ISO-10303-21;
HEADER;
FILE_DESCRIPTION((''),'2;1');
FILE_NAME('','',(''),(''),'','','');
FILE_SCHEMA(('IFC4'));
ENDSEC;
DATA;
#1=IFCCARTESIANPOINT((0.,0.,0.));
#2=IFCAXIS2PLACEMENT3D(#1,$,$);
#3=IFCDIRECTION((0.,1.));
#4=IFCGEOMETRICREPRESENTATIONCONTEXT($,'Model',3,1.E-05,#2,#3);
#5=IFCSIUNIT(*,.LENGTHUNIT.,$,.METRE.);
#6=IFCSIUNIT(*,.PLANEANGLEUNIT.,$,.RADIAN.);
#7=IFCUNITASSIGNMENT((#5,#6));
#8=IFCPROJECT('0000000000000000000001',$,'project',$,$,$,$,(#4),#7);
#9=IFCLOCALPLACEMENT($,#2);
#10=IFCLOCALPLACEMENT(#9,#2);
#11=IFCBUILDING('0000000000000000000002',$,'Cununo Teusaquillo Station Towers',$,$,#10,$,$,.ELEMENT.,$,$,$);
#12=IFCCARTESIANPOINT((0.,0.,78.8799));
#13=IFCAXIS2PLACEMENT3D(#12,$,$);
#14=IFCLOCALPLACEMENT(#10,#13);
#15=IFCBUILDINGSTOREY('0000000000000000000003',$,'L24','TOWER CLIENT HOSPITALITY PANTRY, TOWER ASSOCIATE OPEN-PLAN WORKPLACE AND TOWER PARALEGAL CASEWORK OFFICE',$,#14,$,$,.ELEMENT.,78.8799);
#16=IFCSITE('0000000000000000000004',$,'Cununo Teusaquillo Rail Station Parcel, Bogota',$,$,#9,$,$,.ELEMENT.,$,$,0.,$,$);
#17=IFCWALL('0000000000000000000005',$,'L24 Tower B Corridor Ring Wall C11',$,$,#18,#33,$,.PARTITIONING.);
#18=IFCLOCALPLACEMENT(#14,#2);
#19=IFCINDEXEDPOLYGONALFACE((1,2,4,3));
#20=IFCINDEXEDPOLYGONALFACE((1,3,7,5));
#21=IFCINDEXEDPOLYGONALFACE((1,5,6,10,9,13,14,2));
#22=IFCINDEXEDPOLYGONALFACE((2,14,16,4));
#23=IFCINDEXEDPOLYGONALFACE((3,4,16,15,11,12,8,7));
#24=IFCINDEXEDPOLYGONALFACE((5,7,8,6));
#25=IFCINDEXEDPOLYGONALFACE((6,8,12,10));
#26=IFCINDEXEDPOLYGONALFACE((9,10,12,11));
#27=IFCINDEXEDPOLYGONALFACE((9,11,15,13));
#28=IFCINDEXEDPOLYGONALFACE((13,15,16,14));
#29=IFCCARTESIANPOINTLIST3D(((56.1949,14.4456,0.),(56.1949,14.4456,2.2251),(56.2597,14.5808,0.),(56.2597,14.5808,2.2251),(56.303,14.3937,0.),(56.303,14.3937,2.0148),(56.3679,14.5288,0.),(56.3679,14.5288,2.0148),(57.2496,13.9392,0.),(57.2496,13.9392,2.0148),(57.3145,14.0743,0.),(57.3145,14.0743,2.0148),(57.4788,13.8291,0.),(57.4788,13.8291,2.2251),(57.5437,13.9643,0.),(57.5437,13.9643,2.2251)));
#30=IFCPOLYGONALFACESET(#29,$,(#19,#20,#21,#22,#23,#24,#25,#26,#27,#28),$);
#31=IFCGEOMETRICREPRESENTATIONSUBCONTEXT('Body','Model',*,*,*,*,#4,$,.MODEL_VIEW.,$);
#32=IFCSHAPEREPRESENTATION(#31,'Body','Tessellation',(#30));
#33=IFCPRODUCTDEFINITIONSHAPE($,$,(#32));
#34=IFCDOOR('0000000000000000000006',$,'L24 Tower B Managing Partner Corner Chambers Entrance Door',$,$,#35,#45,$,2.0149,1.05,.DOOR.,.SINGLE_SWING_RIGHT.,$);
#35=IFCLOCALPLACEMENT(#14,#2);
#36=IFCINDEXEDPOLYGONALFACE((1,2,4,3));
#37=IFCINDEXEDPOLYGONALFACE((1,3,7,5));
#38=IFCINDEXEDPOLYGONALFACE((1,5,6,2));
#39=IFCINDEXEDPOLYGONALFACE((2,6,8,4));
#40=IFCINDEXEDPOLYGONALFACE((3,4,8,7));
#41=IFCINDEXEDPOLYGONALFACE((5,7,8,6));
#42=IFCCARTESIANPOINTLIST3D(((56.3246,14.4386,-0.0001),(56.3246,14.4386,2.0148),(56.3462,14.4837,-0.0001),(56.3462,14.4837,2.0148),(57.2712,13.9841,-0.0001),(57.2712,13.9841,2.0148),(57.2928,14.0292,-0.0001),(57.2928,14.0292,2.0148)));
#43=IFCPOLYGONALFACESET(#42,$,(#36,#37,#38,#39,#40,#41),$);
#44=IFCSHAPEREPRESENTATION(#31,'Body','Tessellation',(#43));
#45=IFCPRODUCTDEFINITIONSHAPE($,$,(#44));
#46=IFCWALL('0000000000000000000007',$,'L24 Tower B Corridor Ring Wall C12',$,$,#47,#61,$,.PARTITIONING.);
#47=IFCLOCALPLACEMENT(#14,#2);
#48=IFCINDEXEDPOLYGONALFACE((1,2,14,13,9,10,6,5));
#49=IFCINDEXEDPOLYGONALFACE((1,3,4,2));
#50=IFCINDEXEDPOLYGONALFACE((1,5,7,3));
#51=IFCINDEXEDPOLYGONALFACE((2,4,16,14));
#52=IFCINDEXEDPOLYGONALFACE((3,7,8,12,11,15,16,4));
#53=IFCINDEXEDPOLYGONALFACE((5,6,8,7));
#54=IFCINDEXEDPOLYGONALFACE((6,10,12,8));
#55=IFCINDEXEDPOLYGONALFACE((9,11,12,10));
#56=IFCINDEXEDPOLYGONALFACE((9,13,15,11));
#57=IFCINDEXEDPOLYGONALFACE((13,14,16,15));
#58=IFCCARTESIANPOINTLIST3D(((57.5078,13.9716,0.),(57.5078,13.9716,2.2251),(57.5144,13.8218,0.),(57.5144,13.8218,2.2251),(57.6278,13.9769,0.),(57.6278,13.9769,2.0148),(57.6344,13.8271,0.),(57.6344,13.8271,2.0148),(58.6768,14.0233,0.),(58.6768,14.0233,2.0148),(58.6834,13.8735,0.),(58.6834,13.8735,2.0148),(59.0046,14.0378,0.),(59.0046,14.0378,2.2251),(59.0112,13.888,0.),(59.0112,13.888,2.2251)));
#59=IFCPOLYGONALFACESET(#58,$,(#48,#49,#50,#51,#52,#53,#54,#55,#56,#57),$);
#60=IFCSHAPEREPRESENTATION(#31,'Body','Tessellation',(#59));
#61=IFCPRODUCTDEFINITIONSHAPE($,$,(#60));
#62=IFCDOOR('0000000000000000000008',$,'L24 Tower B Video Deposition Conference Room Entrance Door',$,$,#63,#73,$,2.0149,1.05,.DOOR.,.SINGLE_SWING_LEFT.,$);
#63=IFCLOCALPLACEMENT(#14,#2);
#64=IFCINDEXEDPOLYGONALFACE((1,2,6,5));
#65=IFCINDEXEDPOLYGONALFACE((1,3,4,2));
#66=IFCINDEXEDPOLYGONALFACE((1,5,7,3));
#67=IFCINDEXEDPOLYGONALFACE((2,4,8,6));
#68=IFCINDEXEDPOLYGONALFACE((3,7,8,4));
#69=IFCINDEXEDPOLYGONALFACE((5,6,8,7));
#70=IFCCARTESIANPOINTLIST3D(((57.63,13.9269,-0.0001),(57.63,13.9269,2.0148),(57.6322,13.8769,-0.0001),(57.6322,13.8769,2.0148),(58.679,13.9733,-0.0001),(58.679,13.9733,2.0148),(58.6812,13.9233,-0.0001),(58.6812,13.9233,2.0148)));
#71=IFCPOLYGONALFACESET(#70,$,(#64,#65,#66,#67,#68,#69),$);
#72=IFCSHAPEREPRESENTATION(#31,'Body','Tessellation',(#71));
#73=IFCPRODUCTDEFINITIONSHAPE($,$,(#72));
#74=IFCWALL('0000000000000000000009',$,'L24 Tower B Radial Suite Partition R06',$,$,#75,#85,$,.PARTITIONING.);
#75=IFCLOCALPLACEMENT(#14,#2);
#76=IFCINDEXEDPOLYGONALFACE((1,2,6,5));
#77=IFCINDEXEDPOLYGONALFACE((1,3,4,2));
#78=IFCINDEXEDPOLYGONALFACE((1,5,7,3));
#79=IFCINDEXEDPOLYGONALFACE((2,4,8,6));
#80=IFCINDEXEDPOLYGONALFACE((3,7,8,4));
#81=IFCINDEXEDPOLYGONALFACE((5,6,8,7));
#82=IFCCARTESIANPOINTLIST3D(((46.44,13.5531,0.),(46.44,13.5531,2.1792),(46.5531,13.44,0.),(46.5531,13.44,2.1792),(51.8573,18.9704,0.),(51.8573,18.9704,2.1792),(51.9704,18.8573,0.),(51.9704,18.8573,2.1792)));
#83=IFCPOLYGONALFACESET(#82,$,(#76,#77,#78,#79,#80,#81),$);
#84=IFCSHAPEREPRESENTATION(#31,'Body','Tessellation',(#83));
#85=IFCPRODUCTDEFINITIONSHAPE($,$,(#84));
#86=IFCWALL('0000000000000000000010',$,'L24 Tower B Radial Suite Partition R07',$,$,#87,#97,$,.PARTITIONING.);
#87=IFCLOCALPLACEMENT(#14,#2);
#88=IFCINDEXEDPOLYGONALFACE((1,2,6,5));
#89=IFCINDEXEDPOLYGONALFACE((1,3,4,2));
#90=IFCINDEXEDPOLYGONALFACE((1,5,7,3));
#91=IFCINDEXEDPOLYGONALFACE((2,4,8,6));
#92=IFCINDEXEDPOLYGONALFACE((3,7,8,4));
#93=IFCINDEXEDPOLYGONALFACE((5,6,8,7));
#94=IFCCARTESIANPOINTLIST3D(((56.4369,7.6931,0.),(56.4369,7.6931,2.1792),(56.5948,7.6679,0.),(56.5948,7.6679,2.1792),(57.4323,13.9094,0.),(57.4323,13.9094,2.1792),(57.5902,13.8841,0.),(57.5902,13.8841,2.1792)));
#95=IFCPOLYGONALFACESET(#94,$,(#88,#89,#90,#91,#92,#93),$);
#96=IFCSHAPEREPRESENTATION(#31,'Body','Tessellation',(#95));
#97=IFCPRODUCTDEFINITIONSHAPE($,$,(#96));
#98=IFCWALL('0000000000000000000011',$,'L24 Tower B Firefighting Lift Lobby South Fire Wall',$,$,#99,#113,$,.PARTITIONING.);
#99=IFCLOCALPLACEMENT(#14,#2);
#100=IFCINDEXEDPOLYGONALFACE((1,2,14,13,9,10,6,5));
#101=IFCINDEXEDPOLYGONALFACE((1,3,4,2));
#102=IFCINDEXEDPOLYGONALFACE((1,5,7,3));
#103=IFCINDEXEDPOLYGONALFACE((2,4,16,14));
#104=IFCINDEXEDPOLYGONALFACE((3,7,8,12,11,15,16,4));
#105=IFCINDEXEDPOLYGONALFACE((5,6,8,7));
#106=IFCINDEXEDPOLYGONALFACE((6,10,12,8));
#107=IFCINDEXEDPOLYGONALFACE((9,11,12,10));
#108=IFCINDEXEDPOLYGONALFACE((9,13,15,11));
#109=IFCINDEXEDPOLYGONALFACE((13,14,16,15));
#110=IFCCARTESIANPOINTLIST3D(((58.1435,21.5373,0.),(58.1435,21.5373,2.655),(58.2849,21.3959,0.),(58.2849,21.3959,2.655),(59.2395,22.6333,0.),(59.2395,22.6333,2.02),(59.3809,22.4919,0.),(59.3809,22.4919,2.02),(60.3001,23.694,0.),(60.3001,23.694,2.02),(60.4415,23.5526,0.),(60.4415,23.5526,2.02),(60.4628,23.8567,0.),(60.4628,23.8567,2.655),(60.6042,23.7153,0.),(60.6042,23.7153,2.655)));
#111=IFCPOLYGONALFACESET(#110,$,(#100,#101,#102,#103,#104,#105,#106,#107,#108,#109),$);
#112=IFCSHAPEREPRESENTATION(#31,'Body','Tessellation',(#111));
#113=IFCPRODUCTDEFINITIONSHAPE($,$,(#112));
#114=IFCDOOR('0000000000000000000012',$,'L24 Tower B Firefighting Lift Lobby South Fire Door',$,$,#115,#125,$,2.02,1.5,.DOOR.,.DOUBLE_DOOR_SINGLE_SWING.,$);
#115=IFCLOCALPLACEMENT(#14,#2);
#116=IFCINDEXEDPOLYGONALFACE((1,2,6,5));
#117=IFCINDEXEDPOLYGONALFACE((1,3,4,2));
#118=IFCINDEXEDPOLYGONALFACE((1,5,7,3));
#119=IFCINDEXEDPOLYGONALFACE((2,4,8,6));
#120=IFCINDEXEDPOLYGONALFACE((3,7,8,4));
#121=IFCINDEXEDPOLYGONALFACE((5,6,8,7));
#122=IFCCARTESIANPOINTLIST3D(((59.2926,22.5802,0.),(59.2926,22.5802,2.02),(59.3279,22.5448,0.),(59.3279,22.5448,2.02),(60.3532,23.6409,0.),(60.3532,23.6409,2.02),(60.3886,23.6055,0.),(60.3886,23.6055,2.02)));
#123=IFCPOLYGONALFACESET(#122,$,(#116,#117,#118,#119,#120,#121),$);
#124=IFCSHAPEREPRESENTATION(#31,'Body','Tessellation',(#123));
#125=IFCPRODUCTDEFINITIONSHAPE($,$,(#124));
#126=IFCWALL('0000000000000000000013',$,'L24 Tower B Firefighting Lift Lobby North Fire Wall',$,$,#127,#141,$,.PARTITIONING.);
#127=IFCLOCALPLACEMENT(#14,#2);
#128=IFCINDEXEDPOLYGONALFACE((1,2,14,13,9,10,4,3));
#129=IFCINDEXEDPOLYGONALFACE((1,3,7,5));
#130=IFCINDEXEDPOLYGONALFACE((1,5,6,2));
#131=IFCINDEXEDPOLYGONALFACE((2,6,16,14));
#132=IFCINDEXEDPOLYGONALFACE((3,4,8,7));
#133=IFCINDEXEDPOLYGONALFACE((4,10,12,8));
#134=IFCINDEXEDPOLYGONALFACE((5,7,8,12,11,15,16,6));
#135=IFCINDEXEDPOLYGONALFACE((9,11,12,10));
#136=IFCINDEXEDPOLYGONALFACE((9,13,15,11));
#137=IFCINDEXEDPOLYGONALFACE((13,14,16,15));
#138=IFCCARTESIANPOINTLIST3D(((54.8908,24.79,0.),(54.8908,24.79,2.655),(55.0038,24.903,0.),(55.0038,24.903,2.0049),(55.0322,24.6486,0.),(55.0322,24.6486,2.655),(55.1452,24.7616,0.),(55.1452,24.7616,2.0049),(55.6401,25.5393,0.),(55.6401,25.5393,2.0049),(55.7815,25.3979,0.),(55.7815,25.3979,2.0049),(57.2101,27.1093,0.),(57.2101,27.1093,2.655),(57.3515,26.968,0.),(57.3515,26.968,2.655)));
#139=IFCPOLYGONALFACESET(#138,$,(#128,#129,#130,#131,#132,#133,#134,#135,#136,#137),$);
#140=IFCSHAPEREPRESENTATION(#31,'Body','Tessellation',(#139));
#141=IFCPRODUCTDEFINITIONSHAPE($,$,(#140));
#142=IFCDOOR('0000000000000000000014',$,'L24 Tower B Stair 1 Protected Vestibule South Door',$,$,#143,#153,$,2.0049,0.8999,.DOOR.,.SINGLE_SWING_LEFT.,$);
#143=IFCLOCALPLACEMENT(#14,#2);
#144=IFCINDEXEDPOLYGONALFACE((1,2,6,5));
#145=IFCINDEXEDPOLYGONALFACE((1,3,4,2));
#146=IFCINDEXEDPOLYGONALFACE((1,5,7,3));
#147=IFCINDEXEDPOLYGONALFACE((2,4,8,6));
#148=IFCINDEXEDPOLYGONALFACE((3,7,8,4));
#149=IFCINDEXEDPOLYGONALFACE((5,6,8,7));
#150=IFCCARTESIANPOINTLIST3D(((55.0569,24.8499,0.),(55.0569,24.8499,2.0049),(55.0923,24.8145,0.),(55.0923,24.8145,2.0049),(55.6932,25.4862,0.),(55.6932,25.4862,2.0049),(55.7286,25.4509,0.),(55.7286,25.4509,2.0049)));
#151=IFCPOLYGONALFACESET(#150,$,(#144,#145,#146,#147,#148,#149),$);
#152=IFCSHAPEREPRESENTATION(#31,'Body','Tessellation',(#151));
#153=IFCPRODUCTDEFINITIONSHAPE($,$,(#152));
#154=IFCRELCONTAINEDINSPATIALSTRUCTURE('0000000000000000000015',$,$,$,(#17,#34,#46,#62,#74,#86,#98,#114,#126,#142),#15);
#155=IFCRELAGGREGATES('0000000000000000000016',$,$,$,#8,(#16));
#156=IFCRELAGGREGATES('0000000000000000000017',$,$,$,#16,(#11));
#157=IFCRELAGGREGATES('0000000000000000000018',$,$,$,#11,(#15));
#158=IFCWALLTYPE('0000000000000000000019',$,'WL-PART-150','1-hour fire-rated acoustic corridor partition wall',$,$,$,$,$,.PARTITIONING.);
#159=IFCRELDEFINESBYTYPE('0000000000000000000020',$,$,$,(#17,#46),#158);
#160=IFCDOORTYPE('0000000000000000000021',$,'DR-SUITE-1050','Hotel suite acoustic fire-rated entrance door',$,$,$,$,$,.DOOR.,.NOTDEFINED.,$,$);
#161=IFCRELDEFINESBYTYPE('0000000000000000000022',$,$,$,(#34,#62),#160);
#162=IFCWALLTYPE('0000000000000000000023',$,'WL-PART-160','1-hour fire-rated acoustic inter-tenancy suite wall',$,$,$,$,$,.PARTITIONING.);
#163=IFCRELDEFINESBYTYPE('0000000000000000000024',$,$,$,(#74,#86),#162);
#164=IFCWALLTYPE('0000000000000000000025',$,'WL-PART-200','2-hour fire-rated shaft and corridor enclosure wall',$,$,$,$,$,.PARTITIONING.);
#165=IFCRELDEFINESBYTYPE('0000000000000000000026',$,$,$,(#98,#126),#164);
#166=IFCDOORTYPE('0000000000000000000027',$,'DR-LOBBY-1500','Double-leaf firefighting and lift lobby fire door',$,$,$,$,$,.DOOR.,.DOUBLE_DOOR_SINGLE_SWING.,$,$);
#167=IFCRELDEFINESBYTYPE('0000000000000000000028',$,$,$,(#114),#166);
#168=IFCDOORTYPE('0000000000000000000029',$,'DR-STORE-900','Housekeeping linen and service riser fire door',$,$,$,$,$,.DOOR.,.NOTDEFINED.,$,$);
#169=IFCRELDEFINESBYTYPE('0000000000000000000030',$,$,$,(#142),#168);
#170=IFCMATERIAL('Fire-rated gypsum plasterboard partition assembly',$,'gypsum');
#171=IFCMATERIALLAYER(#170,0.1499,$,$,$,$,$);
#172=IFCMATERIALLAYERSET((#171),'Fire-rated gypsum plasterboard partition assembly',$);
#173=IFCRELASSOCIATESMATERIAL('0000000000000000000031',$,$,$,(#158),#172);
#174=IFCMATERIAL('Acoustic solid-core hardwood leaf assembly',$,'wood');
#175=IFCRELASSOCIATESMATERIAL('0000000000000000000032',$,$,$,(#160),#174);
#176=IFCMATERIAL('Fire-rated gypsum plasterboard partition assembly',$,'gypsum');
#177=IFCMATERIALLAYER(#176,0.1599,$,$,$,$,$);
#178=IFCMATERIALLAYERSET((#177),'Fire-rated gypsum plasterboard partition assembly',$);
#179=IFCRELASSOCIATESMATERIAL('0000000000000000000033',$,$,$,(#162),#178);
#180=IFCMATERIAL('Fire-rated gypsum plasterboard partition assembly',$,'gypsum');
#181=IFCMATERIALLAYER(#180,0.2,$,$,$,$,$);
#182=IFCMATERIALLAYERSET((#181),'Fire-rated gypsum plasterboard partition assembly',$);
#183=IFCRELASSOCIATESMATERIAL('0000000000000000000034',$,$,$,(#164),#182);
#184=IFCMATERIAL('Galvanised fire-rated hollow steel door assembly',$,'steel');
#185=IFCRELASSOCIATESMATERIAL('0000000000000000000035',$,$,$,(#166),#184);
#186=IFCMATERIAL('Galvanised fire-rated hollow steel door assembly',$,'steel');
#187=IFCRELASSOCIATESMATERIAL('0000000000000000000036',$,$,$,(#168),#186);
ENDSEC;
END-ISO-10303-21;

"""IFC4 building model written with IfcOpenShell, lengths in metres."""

from ifc_helpers import new_model, si_unit, direction, frame, frame_2d, origin, place, context, subcontext, project, spatial, rectangle, extrude, source, transform, mapped, material, layer, layer_set, type_object, element, fill, save


model = new_model("IFC4")

# Units and contexts
model_context = context("Model", 3, precision=1e-05, world=origin(), true_north=direction((0.0, 1.0)))
body_context = subcontext(model_context, "Body", "Model", "MODEL_VIEW")
ifc_project = project(units=[si_unit("LENGTHUNIT", "METRE"), si_unit("PLANEANGLEUNIT", "RADIAN")], contexts=[model_context])

# Site, building, storey
site_placement = place(None, origin())
site = spatial("IfcSite", under=ifc_project, at=site_placement, Name="Cununo Teusaquillo Rail Station Parcel, Bogota", CompositionType="ELEMENT", RefElevation=0.0)
building_placement = place(site_placement, origin())
building = spatial("IfcBuilding", under=site, at=building_placement, Name="Cununo Teusaquillo Station Towers", CompositionType="ELEMENT")
storey_placement = place(building_placement, frame((0.0, 0.0, 78.8799)))
storey = spatial("IfcBuildingStorey", under=building, at=storey_placement, Name="L24", Description="TOWER CLIENT HOSPITALITY PANTRY, TOWER ASSOCIATE OPEN-PLAN WORKPLACE AND TOWER PARALEGAL CASEWORK OFFICE", CompositionType="ELEMENT", Elevation=78.8799)

# Shared definitions
ifc_material_1 = material(Name="Fire-rated gypsum plasterboard partition assembly", Category="gypsum")
ifc_layer_1 = layer(ifc_material_1, 0.1499)
ifc_layer_set_1 = layer_set([ifc_layer_1], Name="Fire-rated gypsum plasterboard partition assembly")
wall_type_1 = type_object("IfcWallType", Name="WL-PART-150", Description="1-hour fire-rated acoustic corridor partition wall", PredefinedType="PARTITIONING", material=ifc_layer_set_1)

# Walls, openings, doors
wall_1_placement = place(storey_placement, frame((56.2273, 14.5132, 0.0), z_axis=(0.0, 0.0, 1.0), x_axis=(0.901478, -0.432826, 0.0)))
wall_1 = element("IfcWall", 1, at=wall_1_placement, inside=storey, type_object=wall_type_1, Name="L24 Tower B Corridor Ring Wall C11", PredefinedType="PARTITIONING", context=body_context, shape_type="SweptSolid", body=[
    extrude(rectangle(XDim=1.4243, YDim=0.1499, at=frame_2d((0.7122, 0.0))), origin(), (0.0, 0.0, 1.0), 2.2251),
])
shared_shape_1 = source(origin(), body_context, "Body", "SweptSolid", [
    extrude(rectangle(XDim=1.05, YDim=2.0149, at=frame_2d((0.5249, 1.0073))), frame((0.0, 0.085, 0.0), z_axis=(0.0, -1.0, 0.0), x_axis=(1.0, 0.0, 0.0)), (0.0, 0.0, 1.0), 0.1699),
])
opening_1_placement = place(wall_1_placement, frame((0.1201, 0.0, 0.0)))
opening_1 = element("IfcOpeningElement", 2, at=opening_1_placement, cuts=wall_1, PredefinedType="OPENING", context=body_context, shape_type="MappedRepresentation", body=[
    mapped(shared_shape_1, transform((0.0, 0.0, 0.0), x_axis=(1.0, 0.0, 0.0), y_axis=(0.0, 1.0, 0.0), z_axis=(0.0, 0.0, 1.0), scale=1.0)),
])
ifc_material_2 = material(Name="Acoustic solid-core hardwood leaf assembly", Category="wood")
door_type_1 = type_object("IfcDoorType", Name="DR-SUITE-1050", Description="Hotel suite acoustic fire-rated entrance door", OperationType="NOTDEFINED", PredefinedType="DOOR", material=ifc_material_2)
shared_shape_2 = source(origin(), body_context, "Body", "SweptSolid", [
    extrude(rectangle(XDim=1.05, YDim=2.0149, at=frame_2d((0.5249, 1.0073))), frame((0.0, 0.0249, 0.0), z_axis=(0.0, -1.0, 0.0), x_axis=(1.0, 0.0, 0.0)), (0.0, 0.0, 1.0), 0.05),
])
door_1_placement = place(opening_1_placement, origin())
door_1 = element("IfcDoor", 3, at=door_1_placement, inside=storey, type_object=door_type_1, Name="L24 Tower B Managing Partner Corner Chambers Entrance Door", OperationType="SINGLE_SWING_RIGHT", OverallHeight=2.0149, OverallWidth=1.05, PredefinedType="DOOR", context=body_context, shape_type="MappedRepresentation", body=[
    mapped(shared_shape_2, transform((0.0, 0.0, 0.0), x_axis=(1.0, 0.0, 0.0), y_axis=(0.0, 1.0, 0.0), z_axis=(0.0, 0.0, 1.0), scale=1.0)),
])
fill(opening_1, door_1)
wall_2_placement = place(storey_placement, frame((57.5112, 13.8967, 0.0), z_axis=(0.0, 0.0, 1.0), x_axis=(0.999025, 0.044158, 0.0)))
wall_2 = element("IfcWall", 4, at=wall_2_placement, inside=storey, type_object=wall_type_1, Name="L24 Tower B Corridor Ring Wall C12", PredefinedType="PARTITIONING", context=body_context, shape_type="SweptSolid", body=[
    extrude(rectangle(XDim=1.4983, YDim=0.1499, at=frame_2d((0.749, 0.0))), origin(), (0.0, 0.0, 1.0), 2.2251),
])
opening_2_placement = place(wall_2_placement, frame((0.1201, 0.0, 0.0)))
opening_2 = element("IfcOpeningElement", 5, at=opening_2_placement, cuts=wall_2, PredefinedType="OPENING", context=body_context, shape_type="MappedRepresentation", body=[
    mapped(shared_shape_1, transform((0.0, 0.0, 0.0), x_axis=(1.0, 0.0, 0.0), y_axis=(0.0, 1.0, 0.0), z_axis=(0.0, 0.0, 1.0), scale=1.0)),
])
door_2_placement = place(opening_2_placement, origin())
door_2 = element("IfcDoor", 6, at=door_2_placement, inside=storey, type_object=door_type_1, Name="L24 Tower B Video Deposition Conference Room Entrance Door", OperationType="SINGLE_SWING_LEFT", OverallHeight=2.0149, OverallWidth=1.05, PredefinedType="DOOR", context=body_context, shape_type="MappedRepresentation", body=[
    mapped(shared_shape_2, transform((0.0, 0.0, 0.0), x_axis=(1.0, 0.0, 0.0), y_axis=(0.0, 1.0, 0.0), z_axis=(0.0, 0.0, 1.0), scale=1.0)),
])
fill(opening_2, door_2)

# Walls
ifc_material_3 = material(Name="Fire-rated gypsum plasterboard partition assembly", Category="gypsum")
ifc_layer_2 = layer(ifc_material_3, 0.1599)
ifc_layer_set_2 = layer_set([ifc_layer_2], Name="Fire-rated gypsum plasterboard partition assembly")
wall_type_2 = type_object("IfcWallType", Name="WL-PART-160", Description="1-hour fire-rated acoustic inter-tenancy suite wall", PredefinedType="PARTITIONING", material=ifc_layer_set_2)
wall_3_placement = place(storey_placement, frame((51.9138, 18.9138, 0.0), z_axis=(0.0, 0.0, 1.0), x_axis=(-0.707107, -0.707107, 0.0)))
element("IfcWall", 7, at=wall_3_placement, inside=storey, type_object=wall_type_2, Name="L24 Tower B Radial Suite Partition R06", PredefinedType="PARTITIONING", context=body_context, shape_type="SweptSolid", body=[
    extrude(rectangle(XDim=7.6611, YDim=0.1599, at=frame_2d((3.8306, 0.0))), origin(), (0.0, 0.0, 1.0), 2.1792),
])
wall_4_placement = place(storey_placement, frame((57.5112, 13.8967, 0.0), z_axis=(0.0, 0.0, 1.0), x_axis=(-0.158107, -0.987422, 0.0)))
element("IfcWall", 8, at=wall_4_placement, inside=storey, type_object=wall_type_2, Name="L24 Tower B Radial Suite Partition R07", PredefinedType="PARTITIONING", context=body_context, shape_type="SweptSolid", body=[
    extrude(rectangle(XDim=6.2954, YDim=0.1599, at=frame_2d((3.1477, 0.0))), origin(), (0.0, 0.0, 1.0), 2.1792),
])

# Walls, openings, doors
ifc_material_4 = material(Name="Fire-rated gypsum plasterboard partition assembly", Category="gypsum")
ifc_layer_3 = layer(ifc_material_4, 0.2)
ifc_layer_set_3 = layer_set([ifc_layer_3], Name="Fire-rated gypsum plasterboard partition assembly")
wall_type_3 = type_object("IfcWallType", Name="WL-PART-200", Description="2-hour fire-rated shaft and corridor enclosure wall", PredefinedType="PARTITIONING", material=ifc_layer_set_3)
wall_5_placement = place(storey_placement, frame((58.2141, 21.4666, 0.0), z_axis=(0.0, 0.0, 1.0), x_axis=(0.707107, 0.707107, 0.0)))
wall_5 = element("IfcWall", 9, at=wall_5_placement, inside=storey, type_object=wall_type_3, Name="L24 Tower B Firefighting Lift Lobby South Fire Wall", PredefinedType="PARTITIONING", context=body_context, shape_type="SweptSolid", body=[
    extrude(rectangle(XDim=3.28, YDim=0.2, at=frame_2d((1.6401, 0.0))), origin(), (0.0, 0.0, 1.0), 2.655),
])
shared_shape_3 = source(origin(), body_context, "Body", "SweptSolid", [
    extrude(rectangle(XDim=1.5, YDim=2.02, at=frame_2d((0.75, 1.01))), frame((0.0, 0.1099, 0.0), z_axis=(0.0, -1.0, 0.0), x_axis=(1.0, 0.0, 0.0)), (0.0, 0.0, 1.0), 0.22),
])
opening_3_placement = place(wall_5_placement, frame((1.55, 0.0, 0.0)))
opening_3 = element("IfcOpeningElement", 10, at=opening_3_placement, cuts=wall_5, PredefinedType="OPENING", context=body_context, shape_type="MappedRepresentation", body=[
    mapped(shared_shape_3, transform((0.0, 0.0, 0.0), x_axis=(1.0, 0.0, 0.0), y_axis=(0.0, 1.0, 0.0), z_axis=(0.0, 0.0, 1.0), scale=1.0)),
])
ifc_material_5 = material(Name="Galvanised fire-rated hollow steel door assembly", Category="steel")
door_type_2 = type_object("IfcDoorType", Name="DR-LOBBY-1500", Description="Double-leaf firefighting and lift lobby fire door", OperationType="DOUBLE_DOOR_SINGLE_SWING", PredefinedType="DOOR", material=ifc_material_5)
shared_shape_4 = source(origin(), body_context, "Body", "SweptSolid", [
    extrude(rectangle(XDim=1.5, YDim=2.02, at=frame_2d((0.75, 1.01))), frame((0.0, 0.0249, 0.0), z_axis=(0.0, -1.0, 0.0), x_axis=(1.0, 0.0, 0.0)), (0.0, 0.0, 1.0), 0.05),
])
door_3_placement = place(opening_3_placement, origin())
door_3 = element("IfcDoor", 11, at=door_3_placement, inside=storey, type_object=door_type_2, Name="L24 Tower B Firefighting Lift Lobby South Fire Door", OperationType="DOUBLE_DOOR_SINGLE_SWING", OverallHeight=2.02, OverallWidth=1.5, PredefinedType="DOOR", context=body_context, shape_type="MappedRepresentation", body=[
    mapped(shared_shape_4, transform((0.0, 0.0, 0.0), x_axis=(1.0, 0.0, 0.0), y_axis=(0.0, 1.0, 0.0), z_axis=(0.0, 0.0, 1.0), scale=1.0)),
])
fill(opening_3, door_3)
wall_6_placement = place(storey_placement, frame((54.9614, 24.7192, 0.0), z_axis=(0.0, 0.0, 1.0), x_axis=(0.707107, 0.707107, 0.0)))
wall_6 = element("IfcWall", 12, at=wall_6_placement, inside=storey, type_object=wall_type_3, Name="L24 Tower B Firefighting Lift Lobby North Fire Wall", PredefinedType="PARTITIONING", context=body_context, shape_type="SweptSolid", body=[
    extrude(rectangle(XDim=3.28, YDim=0.2, at=frame_2d((1.6401, 0.0))), origin(), (0.0, 0.0, 1.0), 2.655),
])
shared_shape_5 = source(origin(), body_context, "Body", "SweptSolid", [
    extrude(rectangle(XDim=0.8999, YDim=2.0049, at=frame_2d((0.45, 1.0024))), frame((0.0, 0.1099, 0.0), z_axis=(0.0, -1.0, 0.0), x_axis=(1.0, 0.0, 0.0)), (0.0, 0.0, 1.0), 0.22),
])
opening_4_placement = place(wall_6_placement, frame((0.1599, 0.0, 0.0)))
opening_4 = element("IfcOpeningElement", 13, at=opening_4_placement, cuts=wall_6, PredefinedType="OPENING", context=body_context, shape_type="MappedRepresentation", body=[
    mapped(shared_shape_5, transform((0.0, 0.0, 0.0), x_axis=(1.0, 0.0, 0.0), y_axis=(0.0, 1.0, 0.0), z_axis=(0.0, 0.0, 1.0), scale=1.0)),
])
ifc_material_6 = material(Name="Galvanised fire-rated hollow steel door assembly", Category="steel")
door_type_3 = type_object("IfcDoorType", Name="DR-STORE-900", Description="Housekeeping linen and service riser fire door", OperationType="NOTDEFINED", PredefinedType="DOOR", material=ifc_material_6)
shared_shape_6 = source(origin(), body_context, "Body", "SweptSolid", [
    extrude(rectangle(XDim=0.8999, YDim=2.0049, at=frame_2d((0.45, 1.0024))), frame((0.0, 0.0249, 0.0), z_axis=(0.0, -1.0, 0.0), x_axis=(1.0, 0.0, 0.0)), (0.0, 0.0, 1.0), 0.05),
])
door_4_placement = place(opening_4_placement, origin())
door_4 = element("IfcDoor", 14, at=door_4_placement, inside=storey, type_object=door_type_3, Name="L24 Tower B Stair 1 Protected Vestibule South Door", OperationType="SINGLE_SWING_LEFT", OverallHeight=2.0049, OverallWidth=0.8999, PredefinedType="DOOR", context=body_context, shape_type="MappedRepresentation", body=[
    mapped(shared_shape_6, transform((0.0, 0.0, 0.0), x_axis=(1.0, 0.0, 0.0), y_axis=(0.0, 1.0, 0.0), z_axis=(0.0, 0.0, 1.0), scale=1.0)),
])
fill(opening_4, door_4)

save(model, "model.ifc")
